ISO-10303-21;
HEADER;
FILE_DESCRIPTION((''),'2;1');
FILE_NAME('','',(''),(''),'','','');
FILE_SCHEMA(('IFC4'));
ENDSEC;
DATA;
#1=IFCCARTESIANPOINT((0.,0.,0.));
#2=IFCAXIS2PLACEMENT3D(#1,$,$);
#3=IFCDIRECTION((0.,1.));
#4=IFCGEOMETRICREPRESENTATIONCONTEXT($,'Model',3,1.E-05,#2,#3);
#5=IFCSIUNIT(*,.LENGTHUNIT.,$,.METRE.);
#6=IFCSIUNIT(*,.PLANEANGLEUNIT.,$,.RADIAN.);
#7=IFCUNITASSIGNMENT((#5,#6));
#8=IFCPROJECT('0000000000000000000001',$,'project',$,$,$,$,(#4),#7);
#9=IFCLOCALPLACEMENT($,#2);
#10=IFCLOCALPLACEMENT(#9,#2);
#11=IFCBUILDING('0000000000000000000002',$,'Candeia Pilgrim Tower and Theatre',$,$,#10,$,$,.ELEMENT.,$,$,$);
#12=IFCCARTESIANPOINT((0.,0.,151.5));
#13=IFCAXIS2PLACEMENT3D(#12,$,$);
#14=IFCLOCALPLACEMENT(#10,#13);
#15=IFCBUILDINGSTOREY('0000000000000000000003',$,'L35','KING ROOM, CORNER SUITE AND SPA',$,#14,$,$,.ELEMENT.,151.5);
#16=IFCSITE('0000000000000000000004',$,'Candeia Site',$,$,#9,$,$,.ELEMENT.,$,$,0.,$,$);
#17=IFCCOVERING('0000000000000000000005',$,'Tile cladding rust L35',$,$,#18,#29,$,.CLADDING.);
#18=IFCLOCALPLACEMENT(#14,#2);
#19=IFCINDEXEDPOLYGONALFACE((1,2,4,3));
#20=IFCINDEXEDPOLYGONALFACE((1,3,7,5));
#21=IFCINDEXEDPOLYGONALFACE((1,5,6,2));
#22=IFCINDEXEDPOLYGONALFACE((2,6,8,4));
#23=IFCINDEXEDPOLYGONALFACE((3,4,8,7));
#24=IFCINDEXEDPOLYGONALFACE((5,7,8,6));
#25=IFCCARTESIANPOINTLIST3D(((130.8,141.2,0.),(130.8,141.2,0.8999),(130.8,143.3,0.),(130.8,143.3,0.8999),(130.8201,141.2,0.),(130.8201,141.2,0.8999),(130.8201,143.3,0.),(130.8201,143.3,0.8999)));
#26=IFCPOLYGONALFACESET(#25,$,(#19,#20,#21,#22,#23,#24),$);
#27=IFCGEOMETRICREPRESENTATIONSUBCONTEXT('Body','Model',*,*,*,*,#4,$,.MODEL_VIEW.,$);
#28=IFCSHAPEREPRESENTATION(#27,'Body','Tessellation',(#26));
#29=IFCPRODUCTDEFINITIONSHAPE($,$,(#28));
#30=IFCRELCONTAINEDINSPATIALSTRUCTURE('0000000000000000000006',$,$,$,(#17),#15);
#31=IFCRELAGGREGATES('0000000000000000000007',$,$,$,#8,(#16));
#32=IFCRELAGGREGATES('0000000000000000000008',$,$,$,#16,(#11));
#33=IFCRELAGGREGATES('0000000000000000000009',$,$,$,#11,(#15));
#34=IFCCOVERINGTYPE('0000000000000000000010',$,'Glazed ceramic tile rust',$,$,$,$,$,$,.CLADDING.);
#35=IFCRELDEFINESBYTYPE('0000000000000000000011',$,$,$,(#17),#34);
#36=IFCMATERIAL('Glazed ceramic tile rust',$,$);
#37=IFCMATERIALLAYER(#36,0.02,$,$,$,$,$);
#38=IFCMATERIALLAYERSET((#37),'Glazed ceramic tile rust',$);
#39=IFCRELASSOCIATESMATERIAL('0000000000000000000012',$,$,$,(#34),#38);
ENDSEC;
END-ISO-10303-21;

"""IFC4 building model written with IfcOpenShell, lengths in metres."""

from ifc_helpers import new_model, si_unit, direction, frame, origin, origin_2d, place, context, subcontext, project, spatial, rectangle, extrude, material, layer, layer_set, type_object, element, save


model = new_model("IFC4")

# Units and contexts
model_context = context("Model", 3, precision=1e-05, world=origin(), true_north=direction((0.0, 1.0)))
body_context = subcontext(model_context, "Body", "Model", "MODEL_VIEW")
ifc_project = project(units=[si_unit("LENGTHUNIT", "METRE"), si_unit("PLANEANGLEUNIT", "RADIAN")], contexts=[model_context])

# Site, building, storey
site_placement = place(None, origin())
site = spatial("IfcSite", under=ifc_project, at=site_placement, Name="Candeia Site", CompositionType="ELEMENT", RefElevation=0.0)
building_placement = place(site_placement, origin())
building = spatial("IfcBuilding", under=site, at=building_placement, Name="Candeia Pilgrim Tower and Theatre", CompositionType="ELEMENT")
storey_placement = place(building_placement, frame((0.0, 0.0, 151.5)))
storey = spatial("IfcBuildingStorey", under=building, at=storey_placement, Name="L35", Description="KING ROOM, CORNER SUITE AND SPA", CompositionType="ELEMENT", Elevation=151.5)

# Covering
ifc_material_1 = material(Name="Glazed ceramic tile rust")
ifc_layer_1 = layer(ifc_material_1, 0.02)
ifc_layer_set_1 = layer_set([ifc_layer_1], Name="Glazed ceramic tile rust")
covering_type_1 = type_object("IfcCoveringType", Name="Glazed ceramic tile rust", PredefinedType="CLADDING", material=ifc_layer_set_1)
covering_1_placement = place(storey_placement, frame((130.8101, 142.25, 0.0), z_axis=(0.0, 0.0, 1.0), x_axis=(0.0, 1.0, 0.0)))
element("IfcCovering", 1, at=covering_1_placement, inside=storey, type_object=covering_type_1, Name="Tile cladding rust L35", PredefinedType="CLADDING", context=body_context, shape_type="SweptSolid", body=[
    extrude(rectangle(XDim=2.1001, YDim=0.02, at=origin_2d()), origin(), (0.0, 0.0, 1.0), 0.8999),
])

save(model, "model.ifc")
